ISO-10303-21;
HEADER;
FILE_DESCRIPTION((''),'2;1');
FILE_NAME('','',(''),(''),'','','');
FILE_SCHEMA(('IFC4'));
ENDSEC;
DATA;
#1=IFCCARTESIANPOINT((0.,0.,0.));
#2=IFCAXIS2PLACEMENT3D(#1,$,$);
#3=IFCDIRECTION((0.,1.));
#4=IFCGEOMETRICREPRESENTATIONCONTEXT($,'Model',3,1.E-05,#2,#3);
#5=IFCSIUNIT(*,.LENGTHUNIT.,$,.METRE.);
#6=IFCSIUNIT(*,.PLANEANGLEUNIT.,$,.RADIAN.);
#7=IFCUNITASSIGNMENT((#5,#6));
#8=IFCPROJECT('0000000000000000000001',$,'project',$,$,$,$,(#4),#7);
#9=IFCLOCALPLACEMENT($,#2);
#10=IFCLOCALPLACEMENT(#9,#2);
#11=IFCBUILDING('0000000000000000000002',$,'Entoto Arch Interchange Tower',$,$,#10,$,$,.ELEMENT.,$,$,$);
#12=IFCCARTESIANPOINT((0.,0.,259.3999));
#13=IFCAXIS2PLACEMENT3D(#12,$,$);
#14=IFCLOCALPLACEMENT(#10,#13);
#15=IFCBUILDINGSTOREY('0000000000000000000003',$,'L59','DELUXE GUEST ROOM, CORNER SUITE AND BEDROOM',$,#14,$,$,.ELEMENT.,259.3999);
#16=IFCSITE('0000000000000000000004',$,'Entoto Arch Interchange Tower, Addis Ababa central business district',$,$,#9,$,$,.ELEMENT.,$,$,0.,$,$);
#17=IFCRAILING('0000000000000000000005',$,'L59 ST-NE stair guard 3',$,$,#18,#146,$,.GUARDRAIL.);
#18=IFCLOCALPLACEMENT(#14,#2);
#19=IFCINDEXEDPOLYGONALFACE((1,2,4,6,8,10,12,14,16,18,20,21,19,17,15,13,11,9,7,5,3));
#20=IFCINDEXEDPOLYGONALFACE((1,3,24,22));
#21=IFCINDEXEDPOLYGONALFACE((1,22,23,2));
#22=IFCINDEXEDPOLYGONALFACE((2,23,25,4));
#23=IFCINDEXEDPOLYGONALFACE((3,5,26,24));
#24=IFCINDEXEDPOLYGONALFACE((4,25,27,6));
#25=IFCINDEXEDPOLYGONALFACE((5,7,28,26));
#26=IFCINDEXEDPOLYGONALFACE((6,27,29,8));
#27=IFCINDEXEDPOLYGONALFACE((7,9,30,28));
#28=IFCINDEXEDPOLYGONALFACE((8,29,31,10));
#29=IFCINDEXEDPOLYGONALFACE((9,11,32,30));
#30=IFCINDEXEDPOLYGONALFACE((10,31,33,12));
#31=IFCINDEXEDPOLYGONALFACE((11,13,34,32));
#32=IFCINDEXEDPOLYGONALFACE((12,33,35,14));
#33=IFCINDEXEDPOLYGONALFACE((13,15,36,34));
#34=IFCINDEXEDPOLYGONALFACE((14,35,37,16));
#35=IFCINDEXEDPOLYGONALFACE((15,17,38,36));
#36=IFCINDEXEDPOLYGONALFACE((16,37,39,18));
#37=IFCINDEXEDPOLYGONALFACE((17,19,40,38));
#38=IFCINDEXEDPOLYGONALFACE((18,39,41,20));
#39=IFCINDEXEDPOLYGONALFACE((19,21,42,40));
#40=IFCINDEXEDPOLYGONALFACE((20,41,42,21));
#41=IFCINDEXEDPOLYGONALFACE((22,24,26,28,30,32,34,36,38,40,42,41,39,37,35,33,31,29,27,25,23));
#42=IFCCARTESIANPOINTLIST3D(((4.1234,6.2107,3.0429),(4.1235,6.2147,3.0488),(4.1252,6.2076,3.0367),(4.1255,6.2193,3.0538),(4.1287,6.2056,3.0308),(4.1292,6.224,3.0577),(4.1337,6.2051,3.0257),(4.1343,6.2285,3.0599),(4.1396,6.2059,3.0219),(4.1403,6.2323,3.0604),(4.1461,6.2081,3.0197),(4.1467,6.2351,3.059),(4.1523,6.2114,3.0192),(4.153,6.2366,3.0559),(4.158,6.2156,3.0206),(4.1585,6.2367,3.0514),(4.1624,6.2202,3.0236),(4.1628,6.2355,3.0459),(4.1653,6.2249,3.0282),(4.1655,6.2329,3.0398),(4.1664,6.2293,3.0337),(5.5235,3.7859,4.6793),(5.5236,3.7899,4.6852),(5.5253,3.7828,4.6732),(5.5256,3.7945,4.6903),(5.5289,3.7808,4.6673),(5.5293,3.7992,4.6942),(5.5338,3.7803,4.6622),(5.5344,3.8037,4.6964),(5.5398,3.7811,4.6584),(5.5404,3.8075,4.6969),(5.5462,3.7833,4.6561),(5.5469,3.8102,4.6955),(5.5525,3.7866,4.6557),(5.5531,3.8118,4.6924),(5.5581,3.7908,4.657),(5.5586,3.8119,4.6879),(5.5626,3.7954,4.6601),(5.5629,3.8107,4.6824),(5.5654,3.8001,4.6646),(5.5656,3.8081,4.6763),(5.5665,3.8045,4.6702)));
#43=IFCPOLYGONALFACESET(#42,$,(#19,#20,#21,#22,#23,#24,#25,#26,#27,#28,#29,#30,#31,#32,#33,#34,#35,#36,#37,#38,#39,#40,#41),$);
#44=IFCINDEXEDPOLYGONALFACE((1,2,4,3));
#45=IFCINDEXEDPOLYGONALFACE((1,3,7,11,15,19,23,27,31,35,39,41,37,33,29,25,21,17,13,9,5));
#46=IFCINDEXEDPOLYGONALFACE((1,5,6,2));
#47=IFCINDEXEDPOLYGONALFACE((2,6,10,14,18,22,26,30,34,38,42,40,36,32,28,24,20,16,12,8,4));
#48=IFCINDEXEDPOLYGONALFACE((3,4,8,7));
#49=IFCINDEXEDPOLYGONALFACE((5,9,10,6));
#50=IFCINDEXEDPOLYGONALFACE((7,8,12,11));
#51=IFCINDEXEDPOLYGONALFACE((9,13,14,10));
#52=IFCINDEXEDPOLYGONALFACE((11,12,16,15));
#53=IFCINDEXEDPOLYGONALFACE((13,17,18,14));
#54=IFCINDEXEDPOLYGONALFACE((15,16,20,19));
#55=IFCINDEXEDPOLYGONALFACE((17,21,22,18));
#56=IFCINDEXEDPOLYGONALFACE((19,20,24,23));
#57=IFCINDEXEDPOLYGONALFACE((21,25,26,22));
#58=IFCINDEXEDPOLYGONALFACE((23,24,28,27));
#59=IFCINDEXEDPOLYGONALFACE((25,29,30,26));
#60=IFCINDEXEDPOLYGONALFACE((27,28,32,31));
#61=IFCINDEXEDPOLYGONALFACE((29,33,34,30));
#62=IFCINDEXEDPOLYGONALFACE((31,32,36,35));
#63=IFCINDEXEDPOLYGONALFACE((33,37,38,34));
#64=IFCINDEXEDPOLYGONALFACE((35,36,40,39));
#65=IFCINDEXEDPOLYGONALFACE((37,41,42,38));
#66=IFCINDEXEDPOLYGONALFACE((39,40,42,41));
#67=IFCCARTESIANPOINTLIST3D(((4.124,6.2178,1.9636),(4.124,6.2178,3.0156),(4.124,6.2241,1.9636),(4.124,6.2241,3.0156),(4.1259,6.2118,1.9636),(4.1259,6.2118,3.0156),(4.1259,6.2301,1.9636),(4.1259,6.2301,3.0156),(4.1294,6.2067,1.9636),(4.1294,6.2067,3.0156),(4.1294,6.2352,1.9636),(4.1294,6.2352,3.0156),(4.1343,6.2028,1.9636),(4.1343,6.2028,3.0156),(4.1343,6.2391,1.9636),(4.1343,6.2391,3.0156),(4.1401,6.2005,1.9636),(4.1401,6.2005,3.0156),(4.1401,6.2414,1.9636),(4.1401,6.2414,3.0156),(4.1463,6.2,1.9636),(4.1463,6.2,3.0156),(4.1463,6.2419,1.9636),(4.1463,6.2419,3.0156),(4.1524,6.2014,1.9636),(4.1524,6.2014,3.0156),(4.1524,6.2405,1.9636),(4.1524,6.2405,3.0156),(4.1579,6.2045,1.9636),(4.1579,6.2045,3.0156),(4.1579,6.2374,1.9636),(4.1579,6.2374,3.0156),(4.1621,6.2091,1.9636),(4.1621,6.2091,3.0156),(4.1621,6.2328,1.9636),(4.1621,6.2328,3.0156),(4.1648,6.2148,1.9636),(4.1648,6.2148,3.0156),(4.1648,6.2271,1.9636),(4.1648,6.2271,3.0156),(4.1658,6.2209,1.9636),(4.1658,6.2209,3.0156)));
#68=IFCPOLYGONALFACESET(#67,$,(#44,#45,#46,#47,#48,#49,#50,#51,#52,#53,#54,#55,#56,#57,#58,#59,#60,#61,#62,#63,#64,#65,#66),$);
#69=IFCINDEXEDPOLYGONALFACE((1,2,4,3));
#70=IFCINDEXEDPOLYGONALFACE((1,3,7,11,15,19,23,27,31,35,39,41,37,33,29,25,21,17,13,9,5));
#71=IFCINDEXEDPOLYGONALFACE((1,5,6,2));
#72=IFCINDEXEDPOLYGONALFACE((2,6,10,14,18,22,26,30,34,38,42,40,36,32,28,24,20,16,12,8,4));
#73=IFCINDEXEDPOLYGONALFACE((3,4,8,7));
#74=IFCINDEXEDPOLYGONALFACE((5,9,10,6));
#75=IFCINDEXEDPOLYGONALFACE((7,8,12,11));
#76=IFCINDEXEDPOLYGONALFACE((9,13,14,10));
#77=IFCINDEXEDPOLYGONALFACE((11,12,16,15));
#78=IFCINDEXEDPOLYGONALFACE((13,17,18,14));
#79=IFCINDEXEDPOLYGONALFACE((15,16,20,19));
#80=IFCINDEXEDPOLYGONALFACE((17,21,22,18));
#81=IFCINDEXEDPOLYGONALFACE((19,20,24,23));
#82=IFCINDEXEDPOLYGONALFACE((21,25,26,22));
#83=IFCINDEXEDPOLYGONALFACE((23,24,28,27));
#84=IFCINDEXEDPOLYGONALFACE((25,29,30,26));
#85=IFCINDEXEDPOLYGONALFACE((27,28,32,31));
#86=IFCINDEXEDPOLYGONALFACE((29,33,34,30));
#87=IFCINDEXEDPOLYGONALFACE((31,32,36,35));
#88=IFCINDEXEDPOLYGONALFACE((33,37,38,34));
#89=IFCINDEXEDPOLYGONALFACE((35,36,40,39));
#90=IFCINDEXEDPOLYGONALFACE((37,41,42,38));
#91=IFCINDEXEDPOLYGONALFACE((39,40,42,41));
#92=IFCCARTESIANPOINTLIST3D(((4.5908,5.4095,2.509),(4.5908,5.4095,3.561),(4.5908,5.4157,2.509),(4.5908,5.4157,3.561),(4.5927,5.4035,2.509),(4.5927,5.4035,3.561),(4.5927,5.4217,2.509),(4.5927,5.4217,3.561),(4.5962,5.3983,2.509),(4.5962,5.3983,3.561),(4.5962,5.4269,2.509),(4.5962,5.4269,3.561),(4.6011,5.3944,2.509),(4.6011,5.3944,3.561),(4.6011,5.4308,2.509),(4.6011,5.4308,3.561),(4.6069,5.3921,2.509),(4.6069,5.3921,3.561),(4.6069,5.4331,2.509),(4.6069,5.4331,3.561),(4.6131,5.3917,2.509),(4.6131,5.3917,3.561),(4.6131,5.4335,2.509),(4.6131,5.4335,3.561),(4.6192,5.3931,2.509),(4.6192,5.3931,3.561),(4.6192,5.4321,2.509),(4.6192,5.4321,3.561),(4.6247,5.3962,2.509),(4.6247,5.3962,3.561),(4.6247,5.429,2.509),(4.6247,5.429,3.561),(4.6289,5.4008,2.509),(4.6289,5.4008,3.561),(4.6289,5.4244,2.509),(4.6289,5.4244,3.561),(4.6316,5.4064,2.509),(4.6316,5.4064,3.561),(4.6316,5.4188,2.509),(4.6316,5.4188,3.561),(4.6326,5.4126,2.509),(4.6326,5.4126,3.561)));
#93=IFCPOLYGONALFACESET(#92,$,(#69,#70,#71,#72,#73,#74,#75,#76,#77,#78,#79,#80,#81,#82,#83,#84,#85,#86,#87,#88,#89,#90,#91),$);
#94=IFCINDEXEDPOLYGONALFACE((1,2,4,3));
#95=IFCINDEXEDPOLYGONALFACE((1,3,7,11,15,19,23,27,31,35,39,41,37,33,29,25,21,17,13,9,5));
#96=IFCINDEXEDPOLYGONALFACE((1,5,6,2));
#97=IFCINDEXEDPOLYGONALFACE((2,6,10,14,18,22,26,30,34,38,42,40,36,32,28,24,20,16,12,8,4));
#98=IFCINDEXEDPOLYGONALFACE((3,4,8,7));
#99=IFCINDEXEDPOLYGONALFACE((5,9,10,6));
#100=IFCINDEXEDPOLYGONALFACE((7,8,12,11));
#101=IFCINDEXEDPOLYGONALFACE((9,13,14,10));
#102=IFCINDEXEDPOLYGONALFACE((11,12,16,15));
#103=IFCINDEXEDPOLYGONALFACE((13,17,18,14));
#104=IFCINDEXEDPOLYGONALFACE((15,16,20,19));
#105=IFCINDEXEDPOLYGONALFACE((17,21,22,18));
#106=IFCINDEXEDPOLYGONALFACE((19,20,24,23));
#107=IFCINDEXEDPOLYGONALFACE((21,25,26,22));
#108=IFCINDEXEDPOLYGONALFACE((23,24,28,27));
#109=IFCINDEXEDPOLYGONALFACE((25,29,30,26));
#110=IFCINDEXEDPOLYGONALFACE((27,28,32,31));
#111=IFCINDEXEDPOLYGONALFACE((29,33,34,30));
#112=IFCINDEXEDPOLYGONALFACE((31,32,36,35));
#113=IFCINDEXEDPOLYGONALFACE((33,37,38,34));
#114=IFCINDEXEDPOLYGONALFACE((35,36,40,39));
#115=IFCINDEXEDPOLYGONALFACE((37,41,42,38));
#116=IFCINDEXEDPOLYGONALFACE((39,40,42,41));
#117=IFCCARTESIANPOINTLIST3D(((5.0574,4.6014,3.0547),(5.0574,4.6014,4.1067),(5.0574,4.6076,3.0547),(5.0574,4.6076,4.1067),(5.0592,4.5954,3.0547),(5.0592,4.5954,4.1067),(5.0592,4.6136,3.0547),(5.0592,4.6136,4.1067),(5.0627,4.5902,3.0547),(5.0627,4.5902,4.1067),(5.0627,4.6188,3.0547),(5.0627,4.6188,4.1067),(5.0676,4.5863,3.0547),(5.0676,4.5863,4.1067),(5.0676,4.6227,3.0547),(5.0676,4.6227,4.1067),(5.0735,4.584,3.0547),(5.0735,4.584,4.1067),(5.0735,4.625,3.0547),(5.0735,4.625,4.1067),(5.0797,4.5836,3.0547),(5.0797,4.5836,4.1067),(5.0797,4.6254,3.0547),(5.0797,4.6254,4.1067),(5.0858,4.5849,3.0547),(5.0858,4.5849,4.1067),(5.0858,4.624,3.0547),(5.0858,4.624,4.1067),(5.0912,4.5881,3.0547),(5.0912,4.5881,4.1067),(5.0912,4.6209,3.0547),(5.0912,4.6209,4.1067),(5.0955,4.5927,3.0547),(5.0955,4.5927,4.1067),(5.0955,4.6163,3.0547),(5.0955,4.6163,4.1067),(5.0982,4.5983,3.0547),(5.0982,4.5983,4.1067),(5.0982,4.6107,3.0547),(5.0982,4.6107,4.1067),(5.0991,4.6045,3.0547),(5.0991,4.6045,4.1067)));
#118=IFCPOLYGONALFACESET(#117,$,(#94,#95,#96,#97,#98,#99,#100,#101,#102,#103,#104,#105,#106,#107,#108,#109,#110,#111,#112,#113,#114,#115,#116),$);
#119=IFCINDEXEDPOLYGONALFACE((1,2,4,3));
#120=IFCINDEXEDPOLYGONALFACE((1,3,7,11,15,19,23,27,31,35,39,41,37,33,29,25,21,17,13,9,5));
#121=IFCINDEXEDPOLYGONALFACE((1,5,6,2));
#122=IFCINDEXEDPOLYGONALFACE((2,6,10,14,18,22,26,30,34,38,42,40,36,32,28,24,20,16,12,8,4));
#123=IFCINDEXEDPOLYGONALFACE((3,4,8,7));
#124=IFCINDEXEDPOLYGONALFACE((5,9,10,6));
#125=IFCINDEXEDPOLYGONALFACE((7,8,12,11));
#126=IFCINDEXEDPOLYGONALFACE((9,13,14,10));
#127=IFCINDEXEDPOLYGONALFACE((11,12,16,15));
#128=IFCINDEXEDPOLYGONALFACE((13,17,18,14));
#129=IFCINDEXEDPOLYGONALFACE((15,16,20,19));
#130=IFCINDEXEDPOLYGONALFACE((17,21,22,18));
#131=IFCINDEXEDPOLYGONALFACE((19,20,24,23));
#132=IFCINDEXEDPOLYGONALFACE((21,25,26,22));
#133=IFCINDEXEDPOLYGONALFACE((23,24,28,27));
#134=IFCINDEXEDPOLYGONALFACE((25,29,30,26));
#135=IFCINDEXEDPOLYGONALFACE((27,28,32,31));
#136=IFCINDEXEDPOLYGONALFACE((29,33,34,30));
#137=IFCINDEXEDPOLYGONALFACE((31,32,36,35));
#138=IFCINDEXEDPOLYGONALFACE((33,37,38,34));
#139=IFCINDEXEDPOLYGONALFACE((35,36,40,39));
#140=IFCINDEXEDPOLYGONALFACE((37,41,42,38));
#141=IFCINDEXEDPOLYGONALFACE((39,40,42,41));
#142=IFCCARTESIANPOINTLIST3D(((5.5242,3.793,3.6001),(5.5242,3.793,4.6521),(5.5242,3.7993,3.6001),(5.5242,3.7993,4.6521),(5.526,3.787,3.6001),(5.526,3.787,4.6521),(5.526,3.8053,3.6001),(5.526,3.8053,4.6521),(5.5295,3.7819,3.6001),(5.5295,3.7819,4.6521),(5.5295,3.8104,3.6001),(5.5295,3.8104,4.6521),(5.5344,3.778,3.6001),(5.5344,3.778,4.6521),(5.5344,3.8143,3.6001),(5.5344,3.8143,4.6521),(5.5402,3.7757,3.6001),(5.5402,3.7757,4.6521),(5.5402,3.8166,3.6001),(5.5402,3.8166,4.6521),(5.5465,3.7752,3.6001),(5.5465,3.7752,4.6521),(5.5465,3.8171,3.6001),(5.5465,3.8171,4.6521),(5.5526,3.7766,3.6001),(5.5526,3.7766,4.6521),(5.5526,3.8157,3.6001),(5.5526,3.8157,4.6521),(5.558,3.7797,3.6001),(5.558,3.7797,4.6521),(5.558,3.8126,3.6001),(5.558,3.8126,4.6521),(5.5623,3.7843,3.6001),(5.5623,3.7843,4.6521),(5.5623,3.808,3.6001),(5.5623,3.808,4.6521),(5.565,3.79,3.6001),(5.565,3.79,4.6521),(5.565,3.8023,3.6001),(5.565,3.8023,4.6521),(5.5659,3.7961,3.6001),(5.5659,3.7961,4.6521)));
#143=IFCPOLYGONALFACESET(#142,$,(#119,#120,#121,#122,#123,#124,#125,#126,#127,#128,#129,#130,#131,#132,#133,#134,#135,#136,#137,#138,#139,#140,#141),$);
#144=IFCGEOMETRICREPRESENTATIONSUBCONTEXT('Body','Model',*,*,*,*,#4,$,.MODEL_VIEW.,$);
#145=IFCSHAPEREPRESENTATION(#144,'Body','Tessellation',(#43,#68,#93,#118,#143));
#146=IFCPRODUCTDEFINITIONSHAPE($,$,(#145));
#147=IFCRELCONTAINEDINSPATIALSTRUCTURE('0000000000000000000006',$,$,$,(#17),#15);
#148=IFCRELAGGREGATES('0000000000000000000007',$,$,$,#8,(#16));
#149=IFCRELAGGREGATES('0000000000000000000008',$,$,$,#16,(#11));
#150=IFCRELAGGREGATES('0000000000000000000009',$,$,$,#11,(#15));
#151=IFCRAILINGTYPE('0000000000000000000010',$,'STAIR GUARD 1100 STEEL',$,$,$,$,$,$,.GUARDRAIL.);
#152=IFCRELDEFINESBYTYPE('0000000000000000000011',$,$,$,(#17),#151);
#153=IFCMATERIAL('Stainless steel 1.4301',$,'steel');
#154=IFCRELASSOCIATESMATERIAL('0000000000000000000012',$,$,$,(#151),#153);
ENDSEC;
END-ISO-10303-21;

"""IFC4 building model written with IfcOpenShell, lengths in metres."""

from ifc_helpers import new_model, si_unit, direction, frame, origin, origin_2d, place, context, subcontext, project, spatial, circle, extrude, material, type_object, element, save


model = new_model("IFC4")

# Units and contexts
model_context = context("Model", 3, precision=1e-05, world=origin(), true_north=direction((0.0, 1.0)))
body_context = subcontext(model_context, "Body", "Model", "MODEL_VIEW")
ifc_project = project(units=[si_unit("LENGTHUNIT", "METRE"), si_unit("PLANEANGLEUNIT", "RADIAN")], contexts=[model_context])

# Site, building, storey
site_placement = place(None, origin())
site = spatial("IfcSite", under=ifc_project, at=site_placement, Name="Entoto Arch Interchange Tower, Addis Ababa central business district", CompositionType="ELEMENT", RefElevation=0.0)
building_placement = place(site_placement, origin())
building = spatial("IfcBuilding", under=site, at=building_placement, Name="Entoto Arch Interchange Tower", CompositionType="ELEMENT")
storey_placement = place(building_placement, frame((0.0, 0.0, 259.3999)))
storey = spatial("IfcBuildingStorey", under=building, at=storey_placement, Name="L59", Description="DELUXE GUEST ROOM, CORNER SUITE AND BEDROOM", CompositionType="ELEMENT", Elevation=259.3999)

# Railing
ifc_material_1 = material(Name="Stainless steel 1.4301", Category="steel")
railing_type_1 = type_object("IfcRailingType", Name="STAIR GUARD 1100 STEEL", PredefinedType="GUARDRAIL", material=ifc_material_1)
railing_1_placement = place(storey_placement, frame((4.1448, 6.2209, 1.9636)))
element("IfcRailing", 1, at=railing_1_placement, inside=storey, type_object=railing_type_1, Name="L59 ST-NE stair guard 3", PredefinedType="GUARDRAIL", context=body_context, shape_type="SweptSolid", body=[
    extrude(circle(Radius=0.0239, at=origin_2d()), frame((0.0, 0.0, 1.0762), z_axis=(0.431722, -0.747666, 0.504591), x_axis=(0.865997, 0.50005, 0.0)), (0.0, 0.0, 1.0), 3.2432),
    extrude(circle(Radius=0.021, at=origin_2d()), origin(), (0.0, 0.0, 1.0), 1.052),
    extrude(circle(Radius=0.021, at=origin_2d()), frame((0.4668, -0.8083, 0.5454)), (0.0, 0.0, 1.0), 1.052),
    extrude(circle(Radius=0.021, at=origin_2d()), frame((0.9333, -1.6165, 1.0911)), (0.0, 0.0, 1.0), 1.052),
    extrude(circle(Radius=0.021, at=origin_2d()), frame((1.4001, -2.4248, 1.6365)), (0.0, 0.0, 1.0), 1.052),
])

save(model, "model.ifc")
